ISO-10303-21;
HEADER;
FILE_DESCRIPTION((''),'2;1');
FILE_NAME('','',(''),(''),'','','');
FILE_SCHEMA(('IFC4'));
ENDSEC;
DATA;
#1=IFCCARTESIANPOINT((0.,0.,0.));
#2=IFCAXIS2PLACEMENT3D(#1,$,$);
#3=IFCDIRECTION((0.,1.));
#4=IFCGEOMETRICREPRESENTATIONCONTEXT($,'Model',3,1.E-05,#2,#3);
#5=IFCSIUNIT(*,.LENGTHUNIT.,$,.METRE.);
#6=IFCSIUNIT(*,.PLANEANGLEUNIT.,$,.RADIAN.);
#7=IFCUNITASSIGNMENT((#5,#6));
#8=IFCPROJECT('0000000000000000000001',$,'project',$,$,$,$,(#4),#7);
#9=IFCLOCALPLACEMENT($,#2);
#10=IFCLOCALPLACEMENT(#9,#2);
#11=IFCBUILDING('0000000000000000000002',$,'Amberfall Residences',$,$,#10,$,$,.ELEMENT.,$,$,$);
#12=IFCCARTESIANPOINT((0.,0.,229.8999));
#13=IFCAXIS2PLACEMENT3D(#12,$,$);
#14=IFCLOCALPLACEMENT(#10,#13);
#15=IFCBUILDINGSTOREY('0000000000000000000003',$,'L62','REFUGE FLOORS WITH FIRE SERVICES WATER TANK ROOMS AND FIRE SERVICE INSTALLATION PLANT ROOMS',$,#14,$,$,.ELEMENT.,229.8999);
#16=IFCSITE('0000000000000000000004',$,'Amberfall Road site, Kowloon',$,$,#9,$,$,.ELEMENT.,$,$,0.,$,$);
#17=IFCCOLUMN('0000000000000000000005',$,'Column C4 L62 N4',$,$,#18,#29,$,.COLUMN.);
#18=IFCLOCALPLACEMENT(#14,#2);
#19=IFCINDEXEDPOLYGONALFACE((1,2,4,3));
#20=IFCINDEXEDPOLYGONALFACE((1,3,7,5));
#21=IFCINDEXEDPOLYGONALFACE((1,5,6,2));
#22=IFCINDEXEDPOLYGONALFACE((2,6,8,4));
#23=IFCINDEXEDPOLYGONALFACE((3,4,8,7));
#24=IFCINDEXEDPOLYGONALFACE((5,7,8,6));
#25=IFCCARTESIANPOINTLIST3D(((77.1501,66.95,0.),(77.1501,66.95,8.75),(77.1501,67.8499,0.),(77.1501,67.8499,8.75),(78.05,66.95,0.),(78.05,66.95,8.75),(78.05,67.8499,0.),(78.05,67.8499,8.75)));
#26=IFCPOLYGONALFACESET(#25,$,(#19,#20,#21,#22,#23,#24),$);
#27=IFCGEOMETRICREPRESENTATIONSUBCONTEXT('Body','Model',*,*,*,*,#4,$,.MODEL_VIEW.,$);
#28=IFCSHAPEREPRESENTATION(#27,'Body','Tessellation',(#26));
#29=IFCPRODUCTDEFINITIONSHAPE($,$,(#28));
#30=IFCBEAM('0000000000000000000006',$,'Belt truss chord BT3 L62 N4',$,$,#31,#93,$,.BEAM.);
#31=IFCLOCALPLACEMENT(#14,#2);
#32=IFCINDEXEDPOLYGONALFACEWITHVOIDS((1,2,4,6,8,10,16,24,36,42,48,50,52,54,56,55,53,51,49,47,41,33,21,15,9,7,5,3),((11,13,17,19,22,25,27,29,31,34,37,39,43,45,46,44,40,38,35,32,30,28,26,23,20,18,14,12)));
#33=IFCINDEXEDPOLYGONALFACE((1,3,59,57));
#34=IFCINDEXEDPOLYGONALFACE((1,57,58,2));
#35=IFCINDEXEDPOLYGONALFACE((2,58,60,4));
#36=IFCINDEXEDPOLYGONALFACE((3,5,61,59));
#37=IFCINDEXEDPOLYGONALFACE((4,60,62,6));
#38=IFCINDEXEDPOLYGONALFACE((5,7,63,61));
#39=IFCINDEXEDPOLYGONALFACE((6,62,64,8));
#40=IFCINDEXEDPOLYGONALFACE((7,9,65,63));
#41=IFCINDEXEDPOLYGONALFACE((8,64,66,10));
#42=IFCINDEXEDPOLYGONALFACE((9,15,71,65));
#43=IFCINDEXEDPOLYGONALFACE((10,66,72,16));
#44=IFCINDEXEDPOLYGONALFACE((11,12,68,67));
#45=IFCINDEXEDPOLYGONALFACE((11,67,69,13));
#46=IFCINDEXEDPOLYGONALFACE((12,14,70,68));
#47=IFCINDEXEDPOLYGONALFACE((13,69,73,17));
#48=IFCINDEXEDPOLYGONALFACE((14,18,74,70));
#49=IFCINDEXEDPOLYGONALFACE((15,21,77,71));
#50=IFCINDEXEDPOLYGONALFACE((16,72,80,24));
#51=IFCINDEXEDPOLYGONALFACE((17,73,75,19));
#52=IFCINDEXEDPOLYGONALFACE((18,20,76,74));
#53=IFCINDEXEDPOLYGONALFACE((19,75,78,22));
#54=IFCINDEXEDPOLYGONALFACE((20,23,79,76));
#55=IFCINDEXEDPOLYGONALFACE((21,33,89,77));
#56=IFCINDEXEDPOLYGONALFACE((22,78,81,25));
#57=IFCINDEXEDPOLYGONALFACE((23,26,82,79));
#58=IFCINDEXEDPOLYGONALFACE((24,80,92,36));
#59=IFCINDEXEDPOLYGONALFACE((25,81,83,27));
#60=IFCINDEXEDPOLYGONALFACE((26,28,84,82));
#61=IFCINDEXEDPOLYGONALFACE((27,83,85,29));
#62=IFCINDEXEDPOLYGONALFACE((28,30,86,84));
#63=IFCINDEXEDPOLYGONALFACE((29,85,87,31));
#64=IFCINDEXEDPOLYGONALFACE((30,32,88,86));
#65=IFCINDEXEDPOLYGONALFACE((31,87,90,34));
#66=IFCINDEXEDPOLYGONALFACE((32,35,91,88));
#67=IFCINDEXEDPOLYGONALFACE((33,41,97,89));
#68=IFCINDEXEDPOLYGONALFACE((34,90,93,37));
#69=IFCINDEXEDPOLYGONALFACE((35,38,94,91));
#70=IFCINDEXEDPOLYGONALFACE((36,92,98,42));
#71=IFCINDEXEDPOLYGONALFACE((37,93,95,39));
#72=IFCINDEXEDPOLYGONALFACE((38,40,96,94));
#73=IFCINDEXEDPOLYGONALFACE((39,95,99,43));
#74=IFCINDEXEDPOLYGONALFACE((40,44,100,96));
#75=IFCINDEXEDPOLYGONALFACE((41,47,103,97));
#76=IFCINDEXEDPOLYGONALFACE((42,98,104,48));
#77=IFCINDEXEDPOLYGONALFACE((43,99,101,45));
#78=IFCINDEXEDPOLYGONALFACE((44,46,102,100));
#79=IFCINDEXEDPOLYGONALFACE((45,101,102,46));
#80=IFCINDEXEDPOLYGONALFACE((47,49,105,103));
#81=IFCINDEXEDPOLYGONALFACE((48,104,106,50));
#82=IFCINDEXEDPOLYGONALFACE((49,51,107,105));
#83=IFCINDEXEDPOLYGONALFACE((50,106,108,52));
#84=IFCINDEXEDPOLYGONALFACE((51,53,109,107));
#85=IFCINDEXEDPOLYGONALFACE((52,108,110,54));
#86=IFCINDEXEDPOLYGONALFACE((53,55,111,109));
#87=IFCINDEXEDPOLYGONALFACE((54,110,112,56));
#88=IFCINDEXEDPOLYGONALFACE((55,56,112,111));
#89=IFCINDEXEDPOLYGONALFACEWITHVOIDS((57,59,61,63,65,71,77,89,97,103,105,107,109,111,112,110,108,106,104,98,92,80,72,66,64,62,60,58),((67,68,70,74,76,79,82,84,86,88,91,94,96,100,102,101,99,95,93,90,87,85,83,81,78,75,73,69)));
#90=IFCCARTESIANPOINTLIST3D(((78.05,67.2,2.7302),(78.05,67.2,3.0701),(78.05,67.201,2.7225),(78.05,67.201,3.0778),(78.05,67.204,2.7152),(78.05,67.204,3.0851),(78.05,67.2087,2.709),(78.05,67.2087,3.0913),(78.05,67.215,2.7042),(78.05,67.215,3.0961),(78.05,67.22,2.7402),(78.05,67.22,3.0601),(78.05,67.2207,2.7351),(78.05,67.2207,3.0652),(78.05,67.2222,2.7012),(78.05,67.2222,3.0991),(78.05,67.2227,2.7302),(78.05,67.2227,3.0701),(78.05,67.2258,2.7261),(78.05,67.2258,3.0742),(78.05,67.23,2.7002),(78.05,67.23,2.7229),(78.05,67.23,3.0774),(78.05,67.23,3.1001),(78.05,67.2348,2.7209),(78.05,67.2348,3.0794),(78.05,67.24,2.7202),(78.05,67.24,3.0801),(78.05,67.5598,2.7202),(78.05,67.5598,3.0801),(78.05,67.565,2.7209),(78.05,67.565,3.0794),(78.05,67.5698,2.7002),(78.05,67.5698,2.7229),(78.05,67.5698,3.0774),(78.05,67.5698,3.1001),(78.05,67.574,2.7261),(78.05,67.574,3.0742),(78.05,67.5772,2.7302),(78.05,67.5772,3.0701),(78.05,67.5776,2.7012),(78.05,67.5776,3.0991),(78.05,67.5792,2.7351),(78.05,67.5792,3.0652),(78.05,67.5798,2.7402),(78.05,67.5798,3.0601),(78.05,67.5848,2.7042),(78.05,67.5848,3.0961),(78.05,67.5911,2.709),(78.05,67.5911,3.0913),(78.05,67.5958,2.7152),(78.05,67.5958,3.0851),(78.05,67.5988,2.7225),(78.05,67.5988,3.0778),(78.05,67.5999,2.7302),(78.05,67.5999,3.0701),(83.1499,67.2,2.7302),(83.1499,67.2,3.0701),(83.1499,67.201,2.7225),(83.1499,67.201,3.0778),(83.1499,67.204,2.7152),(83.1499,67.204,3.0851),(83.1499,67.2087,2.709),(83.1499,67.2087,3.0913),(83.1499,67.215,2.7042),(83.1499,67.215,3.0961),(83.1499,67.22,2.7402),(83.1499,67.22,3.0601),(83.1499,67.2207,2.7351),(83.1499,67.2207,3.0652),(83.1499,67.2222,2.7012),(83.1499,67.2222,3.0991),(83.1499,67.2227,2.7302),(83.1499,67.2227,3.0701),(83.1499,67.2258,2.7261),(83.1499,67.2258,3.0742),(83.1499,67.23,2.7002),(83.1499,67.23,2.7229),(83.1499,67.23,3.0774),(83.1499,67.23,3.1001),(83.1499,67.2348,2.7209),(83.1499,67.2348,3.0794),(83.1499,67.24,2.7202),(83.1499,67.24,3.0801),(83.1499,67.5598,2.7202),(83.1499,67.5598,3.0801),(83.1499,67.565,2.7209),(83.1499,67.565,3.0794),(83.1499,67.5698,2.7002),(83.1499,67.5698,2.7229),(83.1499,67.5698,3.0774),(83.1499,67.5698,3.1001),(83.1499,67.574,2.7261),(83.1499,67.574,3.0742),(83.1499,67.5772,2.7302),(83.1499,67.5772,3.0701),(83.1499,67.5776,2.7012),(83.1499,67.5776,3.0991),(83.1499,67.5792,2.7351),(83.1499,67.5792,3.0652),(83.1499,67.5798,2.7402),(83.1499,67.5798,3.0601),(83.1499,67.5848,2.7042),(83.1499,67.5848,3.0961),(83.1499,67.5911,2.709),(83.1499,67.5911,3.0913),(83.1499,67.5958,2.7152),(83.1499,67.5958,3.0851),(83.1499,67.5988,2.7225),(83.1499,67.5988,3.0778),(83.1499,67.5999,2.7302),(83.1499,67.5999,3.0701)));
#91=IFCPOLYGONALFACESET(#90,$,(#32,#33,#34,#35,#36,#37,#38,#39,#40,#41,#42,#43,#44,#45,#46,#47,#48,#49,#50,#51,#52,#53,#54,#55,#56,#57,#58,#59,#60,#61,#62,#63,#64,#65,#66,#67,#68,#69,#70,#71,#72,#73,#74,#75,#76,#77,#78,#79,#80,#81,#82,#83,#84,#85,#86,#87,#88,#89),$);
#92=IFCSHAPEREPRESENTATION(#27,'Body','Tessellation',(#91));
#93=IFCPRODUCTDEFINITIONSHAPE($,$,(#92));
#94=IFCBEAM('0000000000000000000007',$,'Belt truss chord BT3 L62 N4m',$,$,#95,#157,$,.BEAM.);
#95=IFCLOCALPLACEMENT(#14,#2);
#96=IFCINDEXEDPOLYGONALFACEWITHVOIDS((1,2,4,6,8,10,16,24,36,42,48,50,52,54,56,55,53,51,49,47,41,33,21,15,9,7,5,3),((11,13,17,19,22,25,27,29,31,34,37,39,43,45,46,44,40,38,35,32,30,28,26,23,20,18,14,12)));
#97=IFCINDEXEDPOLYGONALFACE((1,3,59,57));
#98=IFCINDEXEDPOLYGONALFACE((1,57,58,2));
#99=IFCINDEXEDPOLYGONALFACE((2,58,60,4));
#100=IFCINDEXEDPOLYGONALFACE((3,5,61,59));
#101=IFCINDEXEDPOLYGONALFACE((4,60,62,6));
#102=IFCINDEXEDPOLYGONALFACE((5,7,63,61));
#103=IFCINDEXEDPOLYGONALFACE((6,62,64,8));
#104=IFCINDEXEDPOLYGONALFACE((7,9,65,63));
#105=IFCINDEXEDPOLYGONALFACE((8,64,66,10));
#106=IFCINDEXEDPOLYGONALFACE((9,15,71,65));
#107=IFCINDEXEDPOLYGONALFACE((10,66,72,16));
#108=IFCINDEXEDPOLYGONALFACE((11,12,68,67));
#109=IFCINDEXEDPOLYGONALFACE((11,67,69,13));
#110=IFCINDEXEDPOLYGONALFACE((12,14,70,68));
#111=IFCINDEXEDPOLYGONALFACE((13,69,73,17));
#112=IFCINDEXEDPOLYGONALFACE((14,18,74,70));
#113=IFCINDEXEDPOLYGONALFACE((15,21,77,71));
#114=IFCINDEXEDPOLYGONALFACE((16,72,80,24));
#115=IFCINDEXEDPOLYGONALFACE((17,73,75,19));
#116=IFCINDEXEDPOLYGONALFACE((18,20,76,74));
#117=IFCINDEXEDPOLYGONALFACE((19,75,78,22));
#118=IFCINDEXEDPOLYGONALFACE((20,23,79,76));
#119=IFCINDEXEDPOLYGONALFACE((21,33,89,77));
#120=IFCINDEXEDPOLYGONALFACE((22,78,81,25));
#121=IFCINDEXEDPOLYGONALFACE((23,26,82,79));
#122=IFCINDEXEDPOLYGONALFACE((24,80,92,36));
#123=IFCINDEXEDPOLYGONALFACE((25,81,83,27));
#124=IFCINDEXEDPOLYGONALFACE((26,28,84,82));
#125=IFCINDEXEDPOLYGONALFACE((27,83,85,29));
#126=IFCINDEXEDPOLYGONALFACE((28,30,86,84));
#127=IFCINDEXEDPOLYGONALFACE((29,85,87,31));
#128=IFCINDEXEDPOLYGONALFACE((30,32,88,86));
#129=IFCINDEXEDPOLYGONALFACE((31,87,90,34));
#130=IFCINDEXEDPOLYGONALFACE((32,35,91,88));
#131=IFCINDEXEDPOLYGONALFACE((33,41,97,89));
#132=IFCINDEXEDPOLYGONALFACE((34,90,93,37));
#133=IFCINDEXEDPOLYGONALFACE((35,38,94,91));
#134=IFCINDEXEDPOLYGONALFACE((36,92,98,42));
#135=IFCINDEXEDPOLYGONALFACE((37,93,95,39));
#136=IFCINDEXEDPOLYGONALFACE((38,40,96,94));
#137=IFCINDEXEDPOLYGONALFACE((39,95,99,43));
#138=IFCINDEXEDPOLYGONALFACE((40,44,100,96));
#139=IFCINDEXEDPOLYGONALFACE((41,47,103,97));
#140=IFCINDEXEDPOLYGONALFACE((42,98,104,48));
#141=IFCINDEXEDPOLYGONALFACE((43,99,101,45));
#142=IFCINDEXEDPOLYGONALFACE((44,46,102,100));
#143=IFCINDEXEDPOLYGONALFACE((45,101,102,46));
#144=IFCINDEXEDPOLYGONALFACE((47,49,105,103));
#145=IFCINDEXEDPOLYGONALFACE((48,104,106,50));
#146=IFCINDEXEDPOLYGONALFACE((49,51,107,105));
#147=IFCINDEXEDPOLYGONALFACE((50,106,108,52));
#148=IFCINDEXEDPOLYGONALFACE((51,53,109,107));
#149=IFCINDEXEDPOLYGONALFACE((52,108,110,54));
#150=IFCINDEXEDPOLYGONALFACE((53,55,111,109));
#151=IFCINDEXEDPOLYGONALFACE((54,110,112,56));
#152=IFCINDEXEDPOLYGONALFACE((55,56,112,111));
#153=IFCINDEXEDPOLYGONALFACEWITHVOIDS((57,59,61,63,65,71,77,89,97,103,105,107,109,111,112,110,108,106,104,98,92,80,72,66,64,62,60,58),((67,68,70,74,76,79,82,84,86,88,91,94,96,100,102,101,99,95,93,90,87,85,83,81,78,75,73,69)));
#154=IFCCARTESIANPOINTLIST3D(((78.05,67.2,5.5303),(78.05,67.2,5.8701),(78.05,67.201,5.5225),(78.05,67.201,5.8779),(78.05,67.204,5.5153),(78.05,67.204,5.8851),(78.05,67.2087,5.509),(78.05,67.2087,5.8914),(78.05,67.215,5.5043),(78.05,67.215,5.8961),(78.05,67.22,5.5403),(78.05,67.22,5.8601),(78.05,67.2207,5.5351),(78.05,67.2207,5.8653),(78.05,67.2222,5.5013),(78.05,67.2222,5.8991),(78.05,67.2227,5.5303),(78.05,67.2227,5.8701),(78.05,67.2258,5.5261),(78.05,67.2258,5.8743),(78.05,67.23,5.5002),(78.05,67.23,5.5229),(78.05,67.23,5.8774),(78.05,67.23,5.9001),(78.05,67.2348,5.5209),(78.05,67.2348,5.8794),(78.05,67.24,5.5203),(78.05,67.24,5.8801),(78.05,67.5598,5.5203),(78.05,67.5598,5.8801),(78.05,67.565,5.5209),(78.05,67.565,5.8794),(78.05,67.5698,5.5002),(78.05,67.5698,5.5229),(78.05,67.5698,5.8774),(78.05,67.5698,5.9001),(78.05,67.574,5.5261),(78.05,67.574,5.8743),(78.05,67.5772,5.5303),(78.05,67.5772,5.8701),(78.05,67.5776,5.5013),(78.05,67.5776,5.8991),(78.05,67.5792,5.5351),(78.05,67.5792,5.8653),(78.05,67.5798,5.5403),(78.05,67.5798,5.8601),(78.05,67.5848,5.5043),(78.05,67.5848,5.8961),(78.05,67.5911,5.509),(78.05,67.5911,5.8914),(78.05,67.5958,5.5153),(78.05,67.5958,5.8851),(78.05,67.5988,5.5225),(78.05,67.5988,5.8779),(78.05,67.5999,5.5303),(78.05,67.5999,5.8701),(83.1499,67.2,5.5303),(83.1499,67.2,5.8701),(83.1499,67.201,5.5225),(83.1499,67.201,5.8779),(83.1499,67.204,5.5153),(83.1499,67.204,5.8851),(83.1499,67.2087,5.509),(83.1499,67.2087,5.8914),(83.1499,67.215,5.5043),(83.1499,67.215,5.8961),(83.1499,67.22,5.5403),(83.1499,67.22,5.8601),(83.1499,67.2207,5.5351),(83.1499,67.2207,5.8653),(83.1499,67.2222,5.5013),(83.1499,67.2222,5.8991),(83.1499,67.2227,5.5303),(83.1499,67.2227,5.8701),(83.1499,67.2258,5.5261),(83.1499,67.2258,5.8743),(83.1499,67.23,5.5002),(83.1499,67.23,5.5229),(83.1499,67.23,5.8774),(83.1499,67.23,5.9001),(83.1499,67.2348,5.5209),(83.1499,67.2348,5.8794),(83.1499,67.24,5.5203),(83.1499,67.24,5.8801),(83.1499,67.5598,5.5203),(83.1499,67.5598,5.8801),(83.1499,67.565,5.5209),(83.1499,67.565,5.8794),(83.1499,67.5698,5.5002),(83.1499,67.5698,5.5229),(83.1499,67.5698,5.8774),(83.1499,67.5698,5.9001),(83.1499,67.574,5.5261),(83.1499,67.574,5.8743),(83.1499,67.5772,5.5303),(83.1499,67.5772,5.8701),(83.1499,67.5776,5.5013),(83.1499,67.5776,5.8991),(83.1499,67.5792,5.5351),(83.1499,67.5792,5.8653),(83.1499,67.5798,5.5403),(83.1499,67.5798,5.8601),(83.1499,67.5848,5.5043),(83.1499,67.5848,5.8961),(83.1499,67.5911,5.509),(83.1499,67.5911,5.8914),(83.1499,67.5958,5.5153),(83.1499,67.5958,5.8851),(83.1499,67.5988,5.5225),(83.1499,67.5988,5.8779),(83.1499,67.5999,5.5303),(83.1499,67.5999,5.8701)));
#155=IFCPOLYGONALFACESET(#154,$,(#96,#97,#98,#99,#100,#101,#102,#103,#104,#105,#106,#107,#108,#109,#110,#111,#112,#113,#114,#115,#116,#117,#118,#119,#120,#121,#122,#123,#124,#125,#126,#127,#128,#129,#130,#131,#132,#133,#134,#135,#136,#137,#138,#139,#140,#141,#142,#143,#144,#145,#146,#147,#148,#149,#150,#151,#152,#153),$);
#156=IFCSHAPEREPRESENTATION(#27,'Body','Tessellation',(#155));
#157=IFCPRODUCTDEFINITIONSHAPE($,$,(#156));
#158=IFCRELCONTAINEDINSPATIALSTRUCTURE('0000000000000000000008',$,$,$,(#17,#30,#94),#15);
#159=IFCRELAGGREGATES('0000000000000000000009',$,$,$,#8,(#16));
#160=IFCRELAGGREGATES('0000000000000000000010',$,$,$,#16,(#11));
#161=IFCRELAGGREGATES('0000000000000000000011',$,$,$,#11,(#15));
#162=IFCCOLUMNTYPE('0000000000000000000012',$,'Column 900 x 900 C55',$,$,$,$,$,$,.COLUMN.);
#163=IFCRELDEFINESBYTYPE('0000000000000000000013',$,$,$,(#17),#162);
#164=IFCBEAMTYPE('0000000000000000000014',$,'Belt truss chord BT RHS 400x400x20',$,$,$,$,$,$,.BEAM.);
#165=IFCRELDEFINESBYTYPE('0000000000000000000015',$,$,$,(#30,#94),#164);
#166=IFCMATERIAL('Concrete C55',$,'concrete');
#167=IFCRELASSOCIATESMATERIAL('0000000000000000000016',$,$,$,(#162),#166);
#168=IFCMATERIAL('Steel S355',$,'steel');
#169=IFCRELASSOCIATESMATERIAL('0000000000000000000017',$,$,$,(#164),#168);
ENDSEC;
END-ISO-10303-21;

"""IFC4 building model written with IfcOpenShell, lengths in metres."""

from ifc_helpers import new_model, si_unit, direction, frame, origin, origin_2d, place, context, subcontext, project, spatial, rectangle, hollow_rectangle, extrude, material, material_profile, profile_set, type_object, element, save


model = new_model("IFC4")

# Units and contexts
model_context = context("Model", 3, precision=1e-05, world=origin(), true_north=direction((0.0, 1.0)))
body_context = subcontext(model_context, "Body", "Model", "MODEL_VIEW")
ifc_project = project(units=[si_unit("LENGTHUNIT", "METRE"), si_unit("PLANEANGLEUNIT", "RADIAN")], contexts=[model_context])

# Site, building, storey
site_placement = place(None, origin())
site = spatial("IfcSite", under=ifc_project, at=site_placement, Name="Amberfall Road site, Kowloon", CompositionType="ELEMENT", RefElevation=0.0)
building_placement = place(site_placement, origin())
building = spatial("IfcBuilding", under=site, at=building_placement, Name="Amberfall Residences", CompositionType="ELEMENT")
storey_placement = place(building_placement, frame((0.0, 0.0, 229.8999)))
storey = spatial("IfcBuildingStorey", under=building, at=storey_placement, Name="L62", Description="REFUGE FLOORS WITH FIRE SERVICES WATER TANK ROOMS AND FIRE SERVICE INSTALLATION PLANT ROOMS", CompositionType="ELEMENT", Elevation=229.8999)

# Column
ifc_material_1 = material(Name="Concrete C55", Category="concrete")
ifc_material_profile_1 = material_profile(ifc_material_1, rectangle(XDim=0.8999, YDim=0.8999, at=origin_2d()), Name="Column 900 x 900 C55")
ifc_profile_set_1 = profile_set([ifc_material_profile_1], Name="Concrete C55")
column_type = type_object("IfcColumnType", Name="Column 900 x 900 C55", PredefinedType="COLUMN", material=ifc_profile_set_1)
column_placement = place(storey_placement, frame((77.6001, 67.3999, 0.0), z_axis=(0.0, 0.0, 1.0), x_axis=(1.0, 0.0, 0.0)))
element("IfcColumn", 1, at=column_placement, inside=storey, type_object=column_type, Name="Column C4 L62 N4", PredefinedType="COLUMN", context=body_context, shape_type="SweptSolid", body=[
    extrude(rectangle(XDim=0.8999, YDim=0.8999, at=origin_2d()), origin(), (0.0, 0.0, 1.0), 8.75),
])

# Beams
ifc_material_2 = material(Name="Steel S355", Category="steel")
ifc_material_profile_2 = material_profile(ifc_material_2, hollow_rectangle(XDim=0.3999, YDim=0.3999, WallThickness=0.02, InnerFilletRadius=0.02, OuterFilletRadius=0.03, at=origin_2d()), Name="RHS 400x400x20")
ifc_profile_set_2 = profile_set([ifc_material_profile_2], Name="Steel S355")
beam_type_1 = type_object("IfcBeamType", Name="Belt truss chord BT RHS 400x400x20", PredefinedType="BEAM", material=ifc_profile_set_2)
for number, where, z_axis, x_axis, name in (
    (2, (78.05, 67.3999, 2.9001), (1.0, 0.0, 0.0), (0.0, 1.0, 0.0), "Belt truss chord BT3 L62 N4"),
    (3, (78.05, 67.3999, 5.7002), (1.0, 0.0, 0.0), (0.0, 1.0, 0.0), "Belt truss chord BT3 L62 N4m"),
):
    element("IfcBeam", number, at=place(storey_placement, frame(where, z_axis=z_axis, x_axis=x_axis)), inside=storey, type_object=beam_type_1, Name=name, PredefinedType="BEAM", context=body_context, shape_type="SweptSolid", body=[
        extrude(hollow_rectangle(XDim=0.3999, YDim=0.3999, WallThickness=0.02, InnerFilletRadius=0.02, OuterFilletRadius=0.03, at=origin_2d()), origin(), (0.0, 0.0, 1.0), 5.0999),
    ])

save(model, "model.ifc")
